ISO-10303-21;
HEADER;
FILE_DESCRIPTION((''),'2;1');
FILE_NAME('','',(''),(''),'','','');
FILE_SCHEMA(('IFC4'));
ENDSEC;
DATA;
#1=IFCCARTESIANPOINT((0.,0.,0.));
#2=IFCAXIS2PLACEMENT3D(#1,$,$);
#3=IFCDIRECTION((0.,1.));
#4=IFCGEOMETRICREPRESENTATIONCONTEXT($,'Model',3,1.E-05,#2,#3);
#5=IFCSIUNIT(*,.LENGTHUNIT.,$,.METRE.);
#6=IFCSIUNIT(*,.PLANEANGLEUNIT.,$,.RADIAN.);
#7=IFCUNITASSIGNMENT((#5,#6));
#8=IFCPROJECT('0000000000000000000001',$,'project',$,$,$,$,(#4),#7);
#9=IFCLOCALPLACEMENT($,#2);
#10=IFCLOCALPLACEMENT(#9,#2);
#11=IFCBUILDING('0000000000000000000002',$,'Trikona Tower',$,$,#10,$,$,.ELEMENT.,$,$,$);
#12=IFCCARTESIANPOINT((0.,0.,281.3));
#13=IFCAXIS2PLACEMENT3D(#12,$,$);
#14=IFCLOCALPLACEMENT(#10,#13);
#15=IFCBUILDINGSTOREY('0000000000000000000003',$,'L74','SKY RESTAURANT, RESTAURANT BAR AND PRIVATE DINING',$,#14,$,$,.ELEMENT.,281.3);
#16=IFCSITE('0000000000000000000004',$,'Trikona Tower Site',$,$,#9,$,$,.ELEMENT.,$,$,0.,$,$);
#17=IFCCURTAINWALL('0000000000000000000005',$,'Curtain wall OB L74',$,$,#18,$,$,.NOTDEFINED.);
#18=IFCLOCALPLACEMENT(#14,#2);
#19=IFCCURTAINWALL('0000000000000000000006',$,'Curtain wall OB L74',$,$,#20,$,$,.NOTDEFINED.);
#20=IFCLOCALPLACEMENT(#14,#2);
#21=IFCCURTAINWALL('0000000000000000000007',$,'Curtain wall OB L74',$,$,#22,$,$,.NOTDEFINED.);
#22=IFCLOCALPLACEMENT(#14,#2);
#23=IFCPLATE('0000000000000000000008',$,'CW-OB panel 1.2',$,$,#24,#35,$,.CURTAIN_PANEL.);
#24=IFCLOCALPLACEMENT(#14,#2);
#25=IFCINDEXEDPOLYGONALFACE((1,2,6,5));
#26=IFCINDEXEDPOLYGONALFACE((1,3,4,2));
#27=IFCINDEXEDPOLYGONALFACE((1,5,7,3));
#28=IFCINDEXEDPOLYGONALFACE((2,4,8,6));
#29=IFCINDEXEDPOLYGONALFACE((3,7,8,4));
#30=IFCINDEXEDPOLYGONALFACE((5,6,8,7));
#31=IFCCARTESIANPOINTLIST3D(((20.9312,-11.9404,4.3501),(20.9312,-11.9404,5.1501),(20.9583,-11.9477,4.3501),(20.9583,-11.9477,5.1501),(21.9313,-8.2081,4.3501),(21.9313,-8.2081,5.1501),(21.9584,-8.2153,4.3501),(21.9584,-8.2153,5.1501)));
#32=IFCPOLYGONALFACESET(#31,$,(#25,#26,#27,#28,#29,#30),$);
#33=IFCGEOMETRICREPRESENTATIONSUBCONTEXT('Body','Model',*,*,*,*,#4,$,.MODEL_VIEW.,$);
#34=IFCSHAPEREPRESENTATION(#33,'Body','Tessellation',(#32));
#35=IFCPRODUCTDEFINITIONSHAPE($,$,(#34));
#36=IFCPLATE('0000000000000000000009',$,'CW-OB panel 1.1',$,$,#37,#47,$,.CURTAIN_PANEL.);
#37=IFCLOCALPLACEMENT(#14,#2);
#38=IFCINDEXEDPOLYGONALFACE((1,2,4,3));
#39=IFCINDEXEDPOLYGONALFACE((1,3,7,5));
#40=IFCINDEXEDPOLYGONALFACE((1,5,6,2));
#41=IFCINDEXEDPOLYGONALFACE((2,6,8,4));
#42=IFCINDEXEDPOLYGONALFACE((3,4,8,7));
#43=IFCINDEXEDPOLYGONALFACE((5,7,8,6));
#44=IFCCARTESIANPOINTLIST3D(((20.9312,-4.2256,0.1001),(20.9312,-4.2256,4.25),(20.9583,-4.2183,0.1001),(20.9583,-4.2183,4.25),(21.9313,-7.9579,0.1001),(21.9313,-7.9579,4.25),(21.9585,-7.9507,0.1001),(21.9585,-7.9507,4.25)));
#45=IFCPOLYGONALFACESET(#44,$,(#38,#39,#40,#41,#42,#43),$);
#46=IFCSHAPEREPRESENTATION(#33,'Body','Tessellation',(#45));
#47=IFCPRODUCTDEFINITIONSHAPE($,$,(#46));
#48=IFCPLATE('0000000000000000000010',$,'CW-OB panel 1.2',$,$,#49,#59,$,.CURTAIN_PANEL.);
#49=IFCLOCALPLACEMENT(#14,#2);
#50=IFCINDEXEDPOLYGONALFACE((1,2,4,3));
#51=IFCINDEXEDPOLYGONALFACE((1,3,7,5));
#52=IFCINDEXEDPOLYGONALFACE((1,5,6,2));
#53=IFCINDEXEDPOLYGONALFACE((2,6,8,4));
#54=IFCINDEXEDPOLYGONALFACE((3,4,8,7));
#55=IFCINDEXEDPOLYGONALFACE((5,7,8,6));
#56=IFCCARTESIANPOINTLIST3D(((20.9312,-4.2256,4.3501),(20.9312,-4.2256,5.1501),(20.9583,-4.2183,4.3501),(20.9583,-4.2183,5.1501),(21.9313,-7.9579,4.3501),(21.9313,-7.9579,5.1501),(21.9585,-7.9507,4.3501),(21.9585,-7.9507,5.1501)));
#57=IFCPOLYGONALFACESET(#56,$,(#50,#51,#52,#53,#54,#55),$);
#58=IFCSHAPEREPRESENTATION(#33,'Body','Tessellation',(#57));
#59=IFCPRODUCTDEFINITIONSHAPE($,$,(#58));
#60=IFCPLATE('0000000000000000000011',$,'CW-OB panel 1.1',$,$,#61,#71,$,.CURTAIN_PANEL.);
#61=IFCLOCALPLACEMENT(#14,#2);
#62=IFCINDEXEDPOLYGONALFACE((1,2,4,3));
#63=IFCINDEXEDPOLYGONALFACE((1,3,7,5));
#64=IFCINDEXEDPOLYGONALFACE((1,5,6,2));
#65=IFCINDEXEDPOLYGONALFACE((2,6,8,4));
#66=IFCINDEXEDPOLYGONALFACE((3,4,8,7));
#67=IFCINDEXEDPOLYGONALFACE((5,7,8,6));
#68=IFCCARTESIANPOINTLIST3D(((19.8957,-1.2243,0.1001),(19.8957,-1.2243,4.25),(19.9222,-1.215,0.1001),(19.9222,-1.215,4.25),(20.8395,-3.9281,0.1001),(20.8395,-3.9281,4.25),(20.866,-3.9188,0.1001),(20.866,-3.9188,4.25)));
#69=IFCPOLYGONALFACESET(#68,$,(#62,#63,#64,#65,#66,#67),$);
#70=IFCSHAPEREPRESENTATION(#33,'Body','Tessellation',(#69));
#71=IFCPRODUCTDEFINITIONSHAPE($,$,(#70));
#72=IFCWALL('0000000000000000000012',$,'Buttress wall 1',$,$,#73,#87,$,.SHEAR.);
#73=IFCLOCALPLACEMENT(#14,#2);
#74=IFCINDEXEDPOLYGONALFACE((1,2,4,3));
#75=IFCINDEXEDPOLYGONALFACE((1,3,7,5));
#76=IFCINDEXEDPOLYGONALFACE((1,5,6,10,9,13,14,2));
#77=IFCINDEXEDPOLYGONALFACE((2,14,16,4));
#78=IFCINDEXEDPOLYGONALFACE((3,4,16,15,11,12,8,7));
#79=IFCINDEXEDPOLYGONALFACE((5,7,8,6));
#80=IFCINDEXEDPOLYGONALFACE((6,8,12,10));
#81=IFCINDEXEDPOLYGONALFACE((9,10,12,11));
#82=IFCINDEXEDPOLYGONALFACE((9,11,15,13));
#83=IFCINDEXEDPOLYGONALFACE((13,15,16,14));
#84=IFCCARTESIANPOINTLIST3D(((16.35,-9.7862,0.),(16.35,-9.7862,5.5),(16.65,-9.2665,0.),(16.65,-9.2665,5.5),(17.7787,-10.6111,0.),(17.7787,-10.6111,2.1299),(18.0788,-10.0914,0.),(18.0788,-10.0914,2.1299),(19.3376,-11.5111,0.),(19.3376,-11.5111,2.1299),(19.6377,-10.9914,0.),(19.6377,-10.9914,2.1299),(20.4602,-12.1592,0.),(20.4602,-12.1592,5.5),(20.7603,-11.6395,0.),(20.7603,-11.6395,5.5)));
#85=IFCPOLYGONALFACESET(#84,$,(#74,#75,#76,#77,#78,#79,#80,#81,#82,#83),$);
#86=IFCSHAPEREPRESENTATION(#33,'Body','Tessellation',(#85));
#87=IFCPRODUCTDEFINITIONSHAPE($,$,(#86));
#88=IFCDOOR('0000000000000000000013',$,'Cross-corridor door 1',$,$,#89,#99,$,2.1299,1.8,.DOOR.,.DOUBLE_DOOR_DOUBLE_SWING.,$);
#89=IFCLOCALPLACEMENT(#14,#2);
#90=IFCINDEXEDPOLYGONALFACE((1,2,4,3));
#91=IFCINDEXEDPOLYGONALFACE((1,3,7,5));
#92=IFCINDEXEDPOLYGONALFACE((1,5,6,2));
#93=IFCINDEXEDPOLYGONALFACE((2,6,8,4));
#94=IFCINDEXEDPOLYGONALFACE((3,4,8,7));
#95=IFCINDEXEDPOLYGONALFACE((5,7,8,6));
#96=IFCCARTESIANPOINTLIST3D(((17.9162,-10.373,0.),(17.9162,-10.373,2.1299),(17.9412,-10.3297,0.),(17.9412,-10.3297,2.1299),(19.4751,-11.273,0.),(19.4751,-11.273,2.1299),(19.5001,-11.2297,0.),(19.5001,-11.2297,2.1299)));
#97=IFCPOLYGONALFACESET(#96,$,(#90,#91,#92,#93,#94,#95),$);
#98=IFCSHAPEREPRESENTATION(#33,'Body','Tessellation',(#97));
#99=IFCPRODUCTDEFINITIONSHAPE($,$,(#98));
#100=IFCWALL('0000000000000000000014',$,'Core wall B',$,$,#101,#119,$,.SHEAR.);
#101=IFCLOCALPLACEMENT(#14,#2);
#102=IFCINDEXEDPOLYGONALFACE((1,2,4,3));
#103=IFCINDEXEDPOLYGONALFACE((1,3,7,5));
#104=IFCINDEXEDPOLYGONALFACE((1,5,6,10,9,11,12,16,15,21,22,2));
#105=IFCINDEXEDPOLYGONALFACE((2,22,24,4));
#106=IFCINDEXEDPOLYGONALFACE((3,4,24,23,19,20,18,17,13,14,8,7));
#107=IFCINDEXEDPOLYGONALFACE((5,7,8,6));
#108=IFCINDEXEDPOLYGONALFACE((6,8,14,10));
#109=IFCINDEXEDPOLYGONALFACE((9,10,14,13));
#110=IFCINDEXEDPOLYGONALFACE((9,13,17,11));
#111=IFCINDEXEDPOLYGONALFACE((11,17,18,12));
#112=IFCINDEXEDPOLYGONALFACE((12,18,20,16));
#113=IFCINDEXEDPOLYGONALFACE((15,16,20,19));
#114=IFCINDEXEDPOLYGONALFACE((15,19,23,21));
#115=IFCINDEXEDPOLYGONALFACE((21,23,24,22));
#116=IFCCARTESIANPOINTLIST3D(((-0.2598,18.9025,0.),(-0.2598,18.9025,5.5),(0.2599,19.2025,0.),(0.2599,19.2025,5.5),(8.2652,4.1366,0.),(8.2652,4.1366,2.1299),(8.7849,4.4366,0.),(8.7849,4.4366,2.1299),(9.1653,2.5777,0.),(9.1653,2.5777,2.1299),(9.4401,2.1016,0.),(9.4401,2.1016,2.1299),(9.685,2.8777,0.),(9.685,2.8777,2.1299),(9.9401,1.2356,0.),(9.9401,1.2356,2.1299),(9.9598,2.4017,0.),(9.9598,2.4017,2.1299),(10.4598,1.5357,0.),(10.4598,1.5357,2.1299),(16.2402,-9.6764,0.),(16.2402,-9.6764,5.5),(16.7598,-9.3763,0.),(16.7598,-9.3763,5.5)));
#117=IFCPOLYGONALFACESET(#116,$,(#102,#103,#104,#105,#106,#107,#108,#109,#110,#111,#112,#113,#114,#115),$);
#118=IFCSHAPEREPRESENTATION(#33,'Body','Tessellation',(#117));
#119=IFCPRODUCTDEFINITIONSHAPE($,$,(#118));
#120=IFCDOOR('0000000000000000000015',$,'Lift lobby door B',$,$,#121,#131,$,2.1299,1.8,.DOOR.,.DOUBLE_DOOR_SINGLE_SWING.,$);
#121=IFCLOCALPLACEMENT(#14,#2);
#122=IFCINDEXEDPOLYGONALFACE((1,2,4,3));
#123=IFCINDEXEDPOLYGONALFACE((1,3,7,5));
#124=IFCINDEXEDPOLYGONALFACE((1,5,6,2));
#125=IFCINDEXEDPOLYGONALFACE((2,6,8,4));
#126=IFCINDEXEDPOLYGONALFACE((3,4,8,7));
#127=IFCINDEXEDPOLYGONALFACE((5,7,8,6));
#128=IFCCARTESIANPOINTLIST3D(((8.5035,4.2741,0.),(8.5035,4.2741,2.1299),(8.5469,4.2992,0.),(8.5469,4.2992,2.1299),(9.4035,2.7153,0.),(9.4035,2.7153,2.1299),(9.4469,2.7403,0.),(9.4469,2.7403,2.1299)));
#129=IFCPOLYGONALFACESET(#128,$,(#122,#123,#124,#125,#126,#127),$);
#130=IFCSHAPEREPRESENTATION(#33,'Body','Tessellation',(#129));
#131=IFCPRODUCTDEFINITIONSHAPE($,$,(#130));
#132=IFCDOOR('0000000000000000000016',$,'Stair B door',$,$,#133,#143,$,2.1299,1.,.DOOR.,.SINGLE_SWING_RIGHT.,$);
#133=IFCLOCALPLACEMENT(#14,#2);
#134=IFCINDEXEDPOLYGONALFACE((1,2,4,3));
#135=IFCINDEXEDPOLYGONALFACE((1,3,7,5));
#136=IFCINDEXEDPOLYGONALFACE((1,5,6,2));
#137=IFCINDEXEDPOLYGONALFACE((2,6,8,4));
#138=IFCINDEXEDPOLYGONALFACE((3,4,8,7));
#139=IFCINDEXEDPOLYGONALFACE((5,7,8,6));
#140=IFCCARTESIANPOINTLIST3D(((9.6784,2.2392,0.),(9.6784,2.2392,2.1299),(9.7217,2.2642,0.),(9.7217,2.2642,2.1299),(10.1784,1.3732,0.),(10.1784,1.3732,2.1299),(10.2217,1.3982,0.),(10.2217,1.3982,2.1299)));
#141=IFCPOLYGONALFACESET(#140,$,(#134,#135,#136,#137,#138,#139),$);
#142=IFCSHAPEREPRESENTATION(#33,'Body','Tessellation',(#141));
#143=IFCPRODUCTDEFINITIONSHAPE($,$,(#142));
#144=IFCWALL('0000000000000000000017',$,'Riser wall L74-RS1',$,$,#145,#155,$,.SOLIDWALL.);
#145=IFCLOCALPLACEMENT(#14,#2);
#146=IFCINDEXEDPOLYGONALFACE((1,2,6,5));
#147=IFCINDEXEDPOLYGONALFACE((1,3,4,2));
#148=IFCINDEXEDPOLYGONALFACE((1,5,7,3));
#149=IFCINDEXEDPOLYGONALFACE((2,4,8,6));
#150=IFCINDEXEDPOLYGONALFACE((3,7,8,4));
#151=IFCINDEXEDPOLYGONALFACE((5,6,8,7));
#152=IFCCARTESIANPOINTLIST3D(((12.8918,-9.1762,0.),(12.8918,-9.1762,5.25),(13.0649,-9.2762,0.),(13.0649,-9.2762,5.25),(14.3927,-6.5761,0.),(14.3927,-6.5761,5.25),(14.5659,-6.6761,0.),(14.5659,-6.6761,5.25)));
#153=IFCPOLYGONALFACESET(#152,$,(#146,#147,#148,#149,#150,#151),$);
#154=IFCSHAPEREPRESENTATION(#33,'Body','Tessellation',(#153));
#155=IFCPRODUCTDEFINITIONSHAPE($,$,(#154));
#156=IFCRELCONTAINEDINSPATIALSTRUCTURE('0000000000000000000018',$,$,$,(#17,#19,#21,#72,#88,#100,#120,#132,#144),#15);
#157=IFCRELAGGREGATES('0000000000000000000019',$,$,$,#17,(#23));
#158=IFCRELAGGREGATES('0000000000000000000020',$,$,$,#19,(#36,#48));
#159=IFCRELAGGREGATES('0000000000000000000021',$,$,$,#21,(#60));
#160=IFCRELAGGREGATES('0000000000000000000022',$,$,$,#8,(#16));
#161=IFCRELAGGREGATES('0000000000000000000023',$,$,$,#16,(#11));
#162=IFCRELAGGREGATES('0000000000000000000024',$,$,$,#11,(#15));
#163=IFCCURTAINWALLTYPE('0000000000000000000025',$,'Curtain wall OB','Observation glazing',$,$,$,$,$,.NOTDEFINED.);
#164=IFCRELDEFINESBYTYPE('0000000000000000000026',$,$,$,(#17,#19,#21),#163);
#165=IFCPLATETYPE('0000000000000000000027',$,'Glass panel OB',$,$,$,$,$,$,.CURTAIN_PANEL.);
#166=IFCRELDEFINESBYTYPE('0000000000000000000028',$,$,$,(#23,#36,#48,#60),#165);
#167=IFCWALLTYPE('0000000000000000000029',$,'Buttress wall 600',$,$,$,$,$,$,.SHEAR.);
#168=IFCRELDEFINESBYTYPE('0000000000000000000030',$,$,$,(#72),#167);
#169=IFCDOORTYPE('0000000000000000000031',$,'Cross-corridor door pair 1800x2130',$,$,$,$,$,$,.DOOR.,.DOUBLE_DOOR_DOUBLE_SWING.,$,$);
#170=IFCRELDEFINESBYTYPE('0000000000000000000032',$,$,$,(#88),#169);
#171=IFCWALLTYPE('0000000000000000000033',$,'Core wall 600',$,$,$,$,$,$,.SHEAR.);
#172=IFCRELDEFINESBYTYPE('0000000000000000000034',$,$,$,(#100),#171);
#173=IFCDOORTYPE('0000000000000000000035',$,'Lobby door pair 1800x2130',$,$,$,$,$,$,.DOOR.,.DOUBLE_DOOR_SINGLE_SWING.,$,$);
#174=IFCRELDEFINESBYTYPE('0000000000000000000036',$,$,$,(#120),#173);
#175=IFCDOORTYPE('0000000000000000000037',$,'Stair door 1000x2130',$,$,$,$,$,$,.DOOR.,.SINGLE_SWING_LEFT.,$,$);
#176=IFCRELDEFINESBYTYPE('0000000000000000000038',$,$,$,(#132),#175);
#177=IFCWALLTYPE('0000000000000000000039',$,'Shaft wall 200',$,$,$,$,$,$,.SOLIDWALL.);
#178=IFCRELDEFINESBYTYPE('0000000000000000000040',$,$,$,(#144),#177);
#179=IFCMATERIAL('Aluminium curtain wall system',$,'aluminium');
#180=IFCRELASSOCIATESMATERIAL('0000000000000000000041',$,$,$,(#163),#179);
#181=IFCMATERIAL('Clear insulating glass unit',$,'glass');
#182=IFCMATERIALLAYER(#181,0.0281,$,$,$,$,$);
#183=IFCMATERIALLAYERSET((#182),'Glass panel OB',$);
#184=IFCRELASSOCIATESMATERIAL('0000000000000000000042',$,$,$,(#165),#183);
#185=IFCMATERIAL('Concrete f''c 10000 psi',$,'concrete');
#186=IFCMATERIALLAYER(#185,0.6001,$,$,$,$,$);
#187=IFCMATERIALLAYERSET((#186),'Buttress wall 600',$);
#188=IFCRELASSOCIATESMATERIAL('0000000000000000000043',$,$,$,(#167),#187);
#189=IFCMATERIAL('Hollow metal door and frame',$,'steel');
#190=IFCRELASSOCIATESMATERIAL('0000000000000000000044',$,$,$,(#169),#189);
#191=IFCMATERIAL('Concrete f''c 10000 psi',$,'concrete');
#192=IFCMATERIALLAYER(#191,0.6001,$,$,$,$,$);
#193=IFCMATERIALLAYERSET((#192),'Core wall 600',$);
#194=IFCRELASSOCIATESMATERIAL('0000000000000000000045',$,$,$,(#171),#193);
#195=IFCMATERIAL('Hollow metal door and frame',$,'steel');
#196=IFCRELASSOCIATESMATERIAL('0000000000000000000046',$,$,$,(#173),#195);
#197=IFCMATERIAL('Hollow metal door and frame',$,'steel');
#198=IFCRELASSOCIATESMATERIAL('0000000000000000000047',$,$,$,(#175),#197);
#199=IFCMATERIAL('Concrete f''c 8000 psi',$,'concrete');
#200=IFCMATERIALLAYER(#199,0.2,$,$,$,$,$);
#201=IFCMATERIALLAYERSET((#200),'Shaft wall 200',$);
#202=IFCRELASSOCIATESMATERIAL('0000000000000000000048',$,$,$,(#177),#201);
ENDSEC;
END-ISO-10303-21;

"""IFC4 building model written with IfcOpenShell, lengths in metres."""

from ifc_helpers import new_model, si_unit, direction, frame, frame_2d, origin, origin_2d, place, context, subcontext, project, spatial, rectangle, extrude, material, layer, layer_set, type_object, element, fill, aggregate, save


model = new_model("IFC4")

# Units and contexts
model_context = context("Model", 3, precision=1e-05, world=origin(), true_north=direction((0.0, 1.0)))
body_context = subcontext(model_context, "Body", "Model", "MODEL_VIEW")
ifc_project = project(units=[si_unit("LENGTHUNIT", "METRE"), si_unit("PLANEANGLEUNIT", "RADIAN")], contexts=[model_context])

# Site, building, storey
site_placement = place(None, origin())
site = spatial("IfcSite", under=ifc_project, at=site_placement, Name="Trikona Tower Site", CompositionType="ELEMENT", RefElevation=0.0)
building_placement = place(site_placement, origin())
building = spatial("IfcBuilding", under=site, at=building_placement, Name="Trikona Tower", CompositionType="ELEMENT")
storey_placement = place(building_placement, frame((0.0, 0.0, 281.3)))
storey = spatial("IfcBuildingStorey", under=building, at=storey_placement, Name="L74", Description="SKY RESTAURANT, RESTAURANT BAR AND PRIVATE DINING", CompositionType="ELEMENT", Elevation=281.3)

# Curtain wall
ifc_material_1 = material(Name="Aluminium curtain wall system", Category="aluminium")
curtain_wall_type = type_object("IfcCurtainWallType", Name="Curtain wall OB", Description="Observation glazing", PredefinedType="NOTDEFINED", material=ifc_material_1)
curtain_wall_1_placement = place(storey_placement, origin())
curtain_wall_1 = element("IfcCurtainWall", 1, at=curtain_wall_1_placement, inside=storey, type_object=curtain_wall_type, Name="Curtain wall OB L74", PredefinedType="NOTDEFINED")

# Curtain wall
curtain_wall_2_placement = place(storey_placement, origin())
curtain_wall_2 = element("IfcCurtainWall", 2, at=curtain_wall_2_placement, inside=storey, type_object=curtain_wall_type, Name="Curtain wall OB L74", PredefinedType="NOTDEFINED")

# Curtain wall
curtain_wall_3_placement = place(storey_placement, origin())
curtain_wall_3 = element("IfcCurtainWall", 3, at=curtain_wall_3_placement, inside=storey, type_object=curtain_wall_type, Name="Curtain wall OB L74", PredefinedType="NOTDEFINED")

# Plates
ifc_material_2 = material(Name="Clear insulating glass unit", Category="glass")
ifc_layer_1 = layer(ifc_material_2, 0.0281)
ifc_layer_set_1 = layer_set([ifc_layer_1], Name="Glass panel OB")
plate_type = type_object("IfcPlateType", Name="Glass panel OB", PredefinedType="CURTAIN_PANEL", material=ifc_layer_set_1)
plate_1_placement = place(storey_placement, frame((21.4448, -10.0779, 4.3501), z_axis=(0.0, 0.0, 1.0), x_axis=(0.258828, 0.965923, 0.0)))
plate_1 = element("IfcPlate", 4, at=plate_1_placement, type_object=plate_type, Name="CW-OB panel 1.2", PredefinedType="CURTAIN_PANEL", context=body_context, shape_type="SweptSolid", body=[
    extrude(rectangle(XDim=3.864, YDim=0.0281, at=origin_2d()), origin(), (0.0, 0.0, 1.0), 0.8),
])
aggregate(curtain_wall_1, [plate_1])
plate_2_placement = place(storey_placement, frame((21.4448, -6.0881, 0.1001), z_axis=(0.0, 0.0, 1.0), x_axis=(-0.258834, 0.965922, 0.0)))
plate_2 = element("IfcPlate", 5, at=plate_2_placement, type_object=plate_type, Name="CW-OB panel 1.1", PredefinedType="CURTAIN_PANEL", context=body_context, shape_type="SweptSolid", body=[
    extrude(rectangle(XDim=3.864, YDim=0.0281, at=origin_2d()), origin(), (0.0, 0.0, 1.0), 4.1499),
])
plate_3_placement = place(storey_placement, frame((21.4448, -6.0881, 4.3501), z_axis=(0.0, 0.0, 1.0), x_axis=(-0.258834, 0.965922, 0.0)))
plate_3 = element("IfcPlate", 6, at=plate_3_placement, type_object=plate_type, Name="CW-OB panel 1.2", PredefinedType="CURTAIN_PANEL", context=body_context, shape_type="SweptSolid", body=[
    extrude(rectangle(XDim=3.864, YDim=0.0281, at=origin_2d()), origin(), (0.0, 0.0, 1.0), 0.8),
])
aggregate(curtain_wall_2, [plate_2, plate_3])
plate_4_placement = place(storey_placement, frame((20.3809, -2.5715, 0.1001), z_axis=(0.0, 0.0, 1.0), x_axis=(-0.329552, 0.944137, 0.0)))
plate_4 = element("IfcPlate", 7, at=plate_4_placement, type_object=plate_type, Name="CW-OB panel 1.1", PredefinedType="CURTAIN_PANEL", context=body_context, shape_type="SweptSolid", body=[
    extrude(rectangle(XDim=2.8638, YDim=0.0281, at=origin_2d()), origin(), (0.0, 0.0, 1.0), 4.1499),
])
aggregate(curtain_wall_3, [plate_4])

# Wall, opening, door
ifc_material_3 = material(Name="Concrete f'c 10000 psi", Category="concrete")
ifc_layer_2 = layer(ifc_material_3, 0.6001)
ifc_layer_set_2 = layer_set([ifc_layer_2], Name="Buttress wall 600")
wall_type_1 = type_object("IfcWallType", Name="Buttress wall 600", PredefinedType="SHEAR", material=ifc_layer_set_2)
wall_1_placement = place(storey_placement, frame((16.5, -9.5264, 0.0), z_axis=(0.0, 0.0, 1.0), x_axis=(0.866031, -0.49999, 0.0)))
wall_1 = element("IfcWall", 8, at=wall_1_placement, inside=storey, type_object=wall_type_1, Name="Buttress wall 1", PredefinedType="SHEAR", context=body_context, shape_type="SweptSolid", body=[
    extrude(rectangle(XDim=4.7461, YDim=0.6001, at=frame_2d((2.373, 0.0))), origin(), (0.0, 0.0, 1.0), 5.5),
])
opening_1_placement = place(wall_1_placement, frame((1.6499, 0.0, 0.0)))
opening_1 = element("IfcOpeningElement", 9, at=opening_1_placement, cuts=wall_1, PredefinedType="OPENING", context=body_context, shape_type="SweptSolid", body=[
    extrude(rectangle(XDim=1.8, YDim=2.1299, at=frame_2d((0.8999, 1.0649))), frame((0.0, 0.3101, 0.0), z_axis=(0.0, -1.0, 0.0), x_axis=(1.0, 0.0, 0.0)), (0.0, 0.0, 1.0), 0.6201),
])
ifc_material_4 = material(Name="Hollow metal door and frame", Category="steel")
door_type_1 = type_object("IfcDoorType", Name="Cross-corridor door pair 1800x2130", OperationType="DOUBLE_DOOR_DOUBLE_SWING", PredefinedType="DOOR", material=ifc_material_4)
door_1_placement = place(opening_1_placement, origin())
door_1 = element("IfcDoor", 10, at=door_1_placement, inside=storey, type_object=door_type_1, Name="Cross-corridor door 1", OperationType="DOUBLE_DOOR_DOUBLE_SWING", OverallHeight=2.1299, OverallWidth=1.8, PredefinedType="DOOR", context=body_context, shape_type="SweptSolid", body=[
    extrude(rectangle(XDim=1.8, YDim=2.1299, at=frame_2d((0.8999, 1.0649))), frame((0.0, 0.0249, 0.0), z_axis=(0.0, -1.0, 0.0), x_axis=(1.0, 0.0, 0.0)), (0.0, 0.0, 1.0), 0.05),
])
fill(opening_1, door_1)

# Wall, openings, doors
ifc_material_5 = material(Name="Concrete f'c 10000 psi", Category="concrete")
ifc_layer_3 = layer(ifc_material_5, 0.6001)
ifc_layer_set_3 = layer_set([ifc_layer_3], Name="Core wall 600")
wall_type_2 = type_object("IfcWallType", Name="Core wall 600", PredefinedType="SHEAR", material=ifc_layer_set_3)
wall_2_placement = place(storey_placement, frame((16.5, -9.5264, 0.0), z_axis=(0.0, 0.0, 1.0), x_axis=(-0.5, 0.866026, 0.0)))
wall_2 = element("IfcWall", 11, at=wall_2_placement, inside=storey, type_object=wall_type_2, Name="Core wall B", PredefinedType="SHEAR", context=body_context, shape_type="SweptSolid", body=[
    extrude(rectangle(XDim=33.0, YDim=0.6001, at=frame_2d((16.5, 0.0))), origin(), (0.0, 0.0, 1.0), 5.5),
])
opening_2_placement = place(wall_2_placement, frame((14.1499, 0.0, 0.0)))
opening_2 = element("IfcOpeningElement", 12, at=opening_2_placement, cuts=wall_2, PredefinedType="OPENING", context=body_context, shape_type="SweptSolid", body=[
    extrude(rectangle(XDim=1.8, YDim=2.1299, at=frame_2d((0.8999, 1.0649))), frame((0.0, 0.3101, 0.0), z_axis=(0.0, -1.0, 0.0), x_axis=(1.0, 0.0, 0.0)), (0.0, 0.0, 1.0), 0.6201),
])
opening_3_placement = place(wall_2_placement, frame((12.6001, 0.0, 0.0)))
opening_3 = element("IfcOpeningElement", 13, at=opening_3_placement, cuts=wall_2, PredefinedType="OPENING", context=body_context, shape_type="SweptSolid", body=[
    extrude(rectangle(XDim=1.0, YDim=2.1299, at=frame_2d((0.5, 1.0649))), frame((0.0, 0.3101, 0.0), z_axis=(0.0, -1.0, 0.0), x_axis=(1.0, 0.0, 0.0)), (0.0, 0.0, 1.0), 0.6201),
])
ifc_material_6 = material(Name="Hollow metal door and frame", Category="steel")
door_type_2 = type_object("IfcDoorType", Name="Lobby door pair 1800x2130", OperationType="DOUBLE_DOOR_SINGLE_SWING", PredefinedType="DOOR", material=ifc_material_6)
door_2_placement = place(opening_2_placement, origin())
door_2 = element("IfcDoor", 14, at=door_2_placement, inside=storey, type_object=door_type_2, Name="Lift lobby door B", OperationType="DOUBLE_DOOR_SINGLE_SWING", OverallHeight=2.1299, OverallWidth=1.8, PredefinedType="DOOR", context=body_context, shape_type="SweptSolid", body=[
    extrude(rectangle(XDim=1.8, YDim=2.1299, at=frame_2d((0.8999, 1.0649))), frame((0.0, 0.0249, 0.0), z_axis=(0.0, -1.0, 0.0), x_axis=(1.0, 0.0, 0.0)), (0.0, 0.0, 1.0), 0.05),
])
fill(opening_2, door_2)
ifc_material_7 = material(Name="Hollow metal door and frame", Category="steel")
door_type_3 = type_object("IfcDoorType", Name="Stair door 1000x2130", OperationType="SINGLE_SWING_LEFT", PredefinedType="DOOR", material=ifc_material_7)
door_3_placement = place(opening_3_placement, origin())
door_3 = element("IfcDoor", 15, at=door_3_placement, inside=storey, type_object=door_type_3, Name="Stair B door", OperationType="SINGLE_SWING_RIGHT", OverallHeight=2.1299, OverallWidth=1.0, PredefinedType="DOOR", context=body_context, shape_type="SweptSolid", body=[
    extrude(rectangle(XDim=1.0, YDim=2.1299, at=frame_2d((0.5, 1.0649))), frame((0.0, 0.0249, 0.0), z_axis=(0.0, -1.0, 0.0), x_axis=(1.0, 0.0, 0.0)), (0.0, 0.0, 1.0), 0.05),
])
fill(opening_3, door_3)

# Wall
ifc_material_8 = material(Name="Concrete f'c 8000 psi", Category="concrete")
ifc_layer_4 = layer(ifc_material_8, 0.2)
ifc_layer_set_4 = layer_set([ifc_layer_4], Name="Shaft wall 200")
wall_type_3 = type_object("IfcWallType", Name="Shaft wall 200", PredefinedType="SOLIDWALL", material=ifc_layer_set_4)
wall_3_placement = place(storey_placement, frame((14.4792, -6.6262, 0.0), z_axis=(0.0, 0.0, 1.0), x_axis=(-0.499952, -0.866053, 0.0)))
element("IfcWall", 16, at=wall_3_placement, inside=storey, type_object=wall_type_3, Name="Riser wall L74-RS1", PredefinedType="SOLIDWALL", context=body_context, shape_type="SweptSolid", body=[
    extrude(rectangle(XDim=3.0022, YDim=0.2, at=frame_2d((1.501, 0.0))), origin(), (0.0, 0.0, 1.0), 5.25),
])

save(model, "model.ifc")
